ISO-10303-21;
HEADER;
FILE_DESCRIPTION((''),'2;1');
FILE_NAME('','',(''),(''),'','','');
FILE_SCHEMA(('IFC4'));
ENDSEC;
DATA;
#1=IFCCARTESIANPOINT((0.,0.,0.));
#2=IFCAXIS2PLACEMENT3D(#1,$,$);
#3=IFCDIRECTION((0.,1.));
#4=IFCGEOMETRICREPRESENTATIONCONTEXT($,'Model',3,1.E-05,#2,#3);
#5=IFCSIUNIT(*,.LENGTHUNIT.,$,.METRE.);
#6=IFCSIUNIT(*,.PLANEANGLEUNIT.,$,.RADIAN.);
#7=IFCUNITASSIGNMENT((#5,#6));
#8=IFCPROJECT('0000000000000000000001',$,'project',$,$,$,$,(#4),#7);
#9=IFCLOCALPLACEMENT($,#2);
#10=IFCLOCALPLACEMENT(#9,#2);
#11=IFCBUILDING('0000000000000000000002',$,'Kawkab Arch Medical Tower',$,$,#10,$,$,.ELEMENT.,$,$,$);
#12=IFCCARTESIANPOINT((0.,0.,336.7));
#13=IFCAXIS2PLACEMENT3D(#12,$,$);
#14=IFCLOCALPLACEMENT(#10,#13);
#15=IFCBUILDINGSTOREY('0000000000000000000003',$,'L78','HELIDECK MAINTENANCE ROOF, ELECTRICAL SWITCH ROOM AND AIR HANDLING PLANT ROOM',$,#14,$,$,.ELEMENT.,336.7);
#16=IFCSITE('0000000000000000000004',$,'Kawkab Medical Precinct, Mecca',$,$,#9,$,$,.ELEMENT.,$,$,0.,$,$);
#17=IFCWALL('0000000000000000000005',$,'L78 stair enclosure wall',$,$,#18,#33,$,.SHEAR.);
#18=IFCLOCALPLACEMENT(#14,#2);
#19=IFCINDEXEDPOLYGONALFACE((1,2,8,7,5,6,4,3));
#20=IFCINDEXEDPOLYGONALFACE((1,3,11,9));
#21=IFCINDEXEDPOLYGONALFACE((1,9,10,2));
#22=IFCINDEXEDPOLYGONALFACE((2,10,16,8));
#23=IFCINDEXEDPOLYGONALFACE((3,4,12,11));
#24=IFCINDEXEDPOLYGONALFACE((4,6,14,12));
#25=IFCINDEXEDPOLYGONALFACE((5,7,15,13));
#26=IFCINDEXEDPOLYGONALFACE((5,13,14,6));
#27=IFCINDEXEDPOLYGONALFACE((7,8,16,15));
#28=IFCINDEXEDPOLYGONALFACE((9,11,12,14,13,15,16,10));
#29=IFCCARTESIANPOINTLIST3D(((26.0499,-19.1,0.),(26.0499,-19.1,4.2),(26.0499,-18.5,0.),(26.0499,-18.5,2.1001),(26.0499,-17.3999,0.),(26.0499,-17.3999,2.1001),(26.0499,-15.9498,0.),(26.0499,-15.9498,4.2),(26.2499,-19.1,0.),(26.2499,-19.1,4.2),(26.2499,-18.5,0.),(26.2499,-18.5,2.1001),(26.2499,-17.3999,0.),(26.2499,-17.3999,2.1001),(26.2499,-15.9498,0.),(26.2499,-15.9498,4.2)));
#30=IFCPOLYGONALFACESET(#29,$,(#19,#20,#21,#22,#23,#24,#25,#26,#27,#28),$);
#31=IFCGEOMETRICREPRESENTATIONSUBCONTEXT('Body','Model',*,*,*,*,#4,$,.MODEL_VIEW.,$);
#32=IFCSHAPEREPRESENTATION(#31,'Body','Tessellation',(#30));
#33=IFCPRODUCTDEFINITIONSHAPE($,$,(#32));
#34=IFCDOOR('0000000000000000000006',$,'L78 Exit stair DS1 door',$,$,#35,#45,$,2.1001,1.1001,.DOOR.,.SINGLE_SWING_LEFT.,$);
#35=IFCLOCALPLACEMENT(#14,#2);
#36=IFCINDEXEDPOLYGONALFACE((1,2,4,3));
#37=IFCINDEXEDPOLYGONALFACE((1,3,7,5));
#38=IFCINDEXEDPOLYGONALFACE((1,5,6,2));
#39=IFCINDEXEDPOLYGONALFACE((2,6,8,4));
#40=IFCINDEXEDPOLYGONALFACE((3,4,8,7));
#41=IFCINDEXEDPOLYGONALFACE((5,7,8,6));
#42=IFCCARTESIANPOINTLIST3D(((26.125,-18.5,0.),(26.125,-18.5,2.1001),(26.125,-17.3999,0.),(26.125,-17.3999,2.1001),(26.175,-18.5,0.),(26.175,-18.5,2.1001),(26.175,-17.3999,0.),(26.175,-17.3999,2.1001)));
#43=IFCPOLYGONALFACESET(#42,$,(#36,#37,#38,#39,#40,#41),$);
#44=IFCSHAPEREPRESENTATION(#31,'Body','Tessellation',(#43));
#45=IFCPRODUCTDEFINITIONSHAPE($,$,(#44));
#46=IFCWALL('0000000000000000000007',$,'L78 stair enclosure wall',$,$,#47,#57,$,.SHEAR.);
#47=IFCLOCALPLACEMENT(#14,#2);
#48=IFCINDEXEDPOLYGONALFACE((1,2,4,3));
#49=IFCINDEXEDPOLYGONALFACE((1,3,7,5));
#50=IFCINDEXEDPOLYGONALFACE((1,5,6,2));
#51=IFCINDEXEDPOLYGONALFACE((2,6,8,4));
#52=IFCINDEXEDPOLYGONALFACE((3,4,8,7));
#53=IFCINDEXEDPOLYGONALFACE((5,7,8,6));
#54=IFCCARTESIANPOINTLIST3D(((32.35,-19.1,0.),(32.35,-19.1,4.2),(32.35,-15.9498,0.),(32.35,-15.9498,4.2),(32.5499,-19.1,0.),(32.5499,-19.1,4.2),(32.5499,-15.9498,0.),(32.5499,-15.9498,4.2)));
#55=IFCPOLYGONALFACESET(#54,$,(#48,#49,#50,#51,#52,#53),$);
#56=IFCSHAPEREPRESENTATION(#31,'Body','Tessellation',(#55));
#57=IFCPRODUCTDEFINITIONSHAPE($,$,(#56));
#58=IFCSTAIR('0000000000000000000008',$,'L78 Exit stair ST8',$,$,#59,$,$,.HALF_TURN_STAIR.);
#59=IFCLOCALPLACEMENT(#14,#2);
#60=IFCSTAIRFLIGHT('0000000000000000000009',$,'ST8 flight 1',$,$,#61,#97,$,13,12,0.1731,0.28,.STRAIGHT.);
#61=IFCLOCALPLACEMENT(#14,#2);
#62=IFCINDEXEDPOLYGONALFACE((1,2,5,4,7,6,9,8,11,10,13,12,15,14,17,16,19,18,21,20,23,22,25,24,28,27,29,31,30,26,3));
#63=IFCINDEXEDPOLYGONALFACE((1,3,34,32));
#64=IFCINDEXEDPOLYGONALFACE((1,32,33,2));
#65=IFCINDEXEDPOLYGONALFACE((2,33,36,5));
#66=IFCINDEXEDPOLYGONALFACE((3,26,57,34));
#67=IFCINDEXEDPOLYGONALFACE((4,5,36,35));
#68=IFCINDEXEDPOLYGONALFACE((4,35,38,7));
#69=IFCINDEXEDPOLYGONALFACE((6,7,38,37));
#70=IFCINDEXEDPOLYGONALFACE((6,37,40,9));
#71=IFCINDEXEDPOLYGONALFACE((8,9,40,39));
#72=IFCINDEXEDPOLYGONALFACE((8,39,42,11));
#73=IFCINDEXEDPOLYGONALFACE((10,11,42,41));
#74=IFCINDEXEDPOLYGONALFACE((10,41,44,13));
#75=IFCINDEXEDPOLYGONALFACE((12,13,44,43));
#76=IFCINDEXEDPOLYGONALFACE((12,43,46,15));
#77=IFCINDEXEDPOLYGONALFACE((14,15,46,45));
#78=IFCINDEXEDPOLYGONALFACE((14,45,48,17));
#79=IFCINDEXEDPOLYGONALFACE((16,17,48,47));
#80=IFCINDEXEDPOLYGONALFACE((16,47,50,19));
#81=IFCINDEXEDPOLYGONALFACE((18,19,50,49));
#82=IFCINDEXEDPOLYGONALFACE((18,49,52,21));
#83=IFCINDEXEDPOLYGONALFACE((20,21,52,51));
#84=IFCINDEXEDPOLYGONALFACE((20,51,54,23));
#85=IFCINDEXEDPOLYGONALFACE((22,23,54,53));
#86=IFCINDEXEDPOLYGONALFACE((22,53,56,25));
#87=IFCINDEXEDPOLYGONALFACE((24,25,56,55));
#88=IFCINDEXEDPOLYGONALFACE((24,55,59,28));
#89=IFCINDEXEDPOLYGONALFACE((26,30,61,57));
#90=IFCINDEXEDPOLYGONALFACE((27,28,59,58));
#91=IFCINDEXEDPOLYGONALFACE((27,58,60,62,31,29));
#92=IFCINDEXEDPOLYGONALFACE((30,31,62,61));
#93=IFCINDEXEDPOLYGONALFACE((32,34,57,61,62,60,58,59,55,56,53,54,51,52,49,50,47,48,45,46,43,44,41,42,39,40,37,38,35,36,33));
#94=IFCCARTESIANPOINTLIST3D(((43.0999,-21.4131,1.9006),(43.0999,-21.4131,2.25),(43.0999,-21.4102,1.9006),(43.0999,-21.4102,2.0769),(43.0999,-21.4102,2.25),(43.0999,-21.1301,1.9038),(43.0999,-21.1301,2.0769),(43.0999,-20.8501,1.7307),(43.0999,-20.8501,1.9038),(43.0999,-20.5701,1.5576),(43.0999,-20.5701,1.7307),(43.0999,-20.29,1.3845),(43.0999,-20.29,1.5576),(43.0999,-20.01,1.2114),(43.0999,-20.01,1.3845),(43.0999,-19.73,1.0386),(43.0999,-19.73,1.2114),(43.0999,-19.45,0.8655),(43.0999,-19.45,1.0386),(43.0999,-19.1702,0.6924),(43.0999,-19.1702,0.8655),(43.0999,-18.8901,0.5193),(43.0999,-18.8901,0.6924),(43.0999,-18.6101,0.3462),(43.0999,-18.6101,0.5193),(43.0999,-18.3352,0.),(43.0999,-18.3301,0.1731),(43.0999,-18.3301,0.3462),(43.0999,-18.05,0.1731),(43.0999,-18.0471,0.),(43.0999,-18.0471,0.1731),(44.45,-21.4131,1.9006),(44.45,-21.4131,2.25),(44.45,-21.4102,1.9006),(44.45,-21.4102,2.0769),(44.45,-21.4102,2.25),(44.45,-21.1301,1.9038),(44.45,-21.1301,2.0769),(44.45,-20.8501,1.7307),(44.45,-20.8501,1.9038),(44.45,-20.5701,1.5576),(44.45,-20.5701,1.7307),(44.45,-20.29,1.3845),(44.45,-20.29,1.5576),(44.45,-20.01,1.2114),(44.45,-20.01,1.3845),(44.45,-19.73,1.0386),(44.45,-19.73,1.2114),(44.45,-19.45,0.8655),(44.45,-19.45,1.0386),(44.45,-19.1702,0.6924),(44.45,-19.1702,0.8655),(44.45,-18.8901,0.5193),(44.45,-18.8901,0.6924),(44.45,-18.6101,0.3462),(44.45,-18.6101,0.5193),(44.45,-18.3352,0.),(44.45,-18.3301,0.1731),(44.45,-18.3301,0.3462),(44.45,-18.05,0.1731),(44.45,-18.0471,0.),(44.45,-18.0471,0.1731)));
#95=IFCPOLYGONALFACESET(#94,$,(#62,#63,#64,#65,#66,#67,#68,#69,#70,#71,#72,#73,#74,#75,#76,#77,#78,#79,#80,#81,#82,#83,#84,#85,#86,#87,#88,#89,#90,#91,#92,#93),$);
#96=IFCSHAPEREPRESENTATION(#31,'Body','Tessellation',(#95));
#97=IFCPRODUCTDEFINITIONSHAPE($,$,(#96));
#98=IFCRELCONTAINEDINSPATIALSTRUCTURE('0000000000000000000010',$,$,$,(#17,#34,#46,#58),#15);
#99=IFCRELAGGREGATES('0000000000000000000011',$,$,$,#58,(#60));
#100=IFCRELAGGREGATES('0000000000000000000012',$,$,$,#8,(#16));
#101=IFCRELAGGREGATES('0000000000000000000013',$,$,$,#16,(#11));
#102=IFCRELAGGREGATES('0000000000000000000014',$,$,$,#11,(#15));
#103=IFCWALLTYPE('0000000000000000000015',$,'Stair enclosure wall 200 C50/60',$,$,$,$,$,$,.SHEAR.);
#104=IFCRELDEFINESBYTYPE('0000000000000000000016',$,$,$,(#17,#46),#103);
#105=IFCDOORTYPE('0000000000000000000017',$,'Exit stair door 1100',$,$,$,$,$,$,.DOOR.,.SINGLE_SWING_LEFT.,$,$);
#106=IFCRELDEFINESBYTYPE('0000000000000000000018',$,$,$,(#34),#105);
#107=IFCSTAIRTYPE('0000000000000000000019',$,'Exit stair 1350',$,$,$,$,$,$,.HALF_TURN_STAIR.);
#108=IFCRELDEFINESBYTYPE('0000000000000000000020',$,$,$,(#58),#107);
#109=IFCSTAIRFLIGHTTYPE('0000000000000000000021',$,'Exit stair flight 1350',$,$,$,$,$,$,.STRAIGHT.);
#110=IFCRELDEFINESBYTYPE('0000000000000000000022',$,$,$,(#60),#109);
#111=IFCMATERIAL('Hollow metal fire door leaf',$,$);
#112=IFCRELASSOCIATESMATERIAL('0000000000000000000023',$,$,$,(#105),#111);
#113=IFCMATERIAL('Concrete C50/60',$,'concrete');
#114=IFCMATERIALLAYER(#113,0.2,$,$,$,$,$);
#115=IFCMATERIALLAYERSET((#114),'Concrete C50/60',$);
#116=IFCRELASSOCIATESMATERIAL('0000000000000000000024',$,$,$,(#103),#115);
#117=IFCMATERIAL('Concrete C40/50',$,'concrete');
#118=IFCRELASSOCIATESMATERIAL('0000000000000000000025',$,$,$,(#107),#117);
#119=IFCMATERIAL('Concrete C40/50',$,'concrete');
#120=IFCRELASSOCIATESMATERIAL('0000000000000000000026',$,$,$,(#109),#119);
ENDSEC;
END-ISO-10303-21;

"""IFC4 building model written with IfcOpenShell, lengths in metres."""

from ifc_helpers import new_model, si_unit, direction, frame, frame_2d, origin, place, context, subcontext, project, spatial, polyline, rectangle, outline, extrude, material, layer, layer_set, type_object, element, fill, aggregate, save


model = new_model("IFC4")

# Units and contexts
model_context = context("Model", 3, precision=1e-05, world=origin(), true_north=direction((0.0, 1.0)))
body_context = subcontext(model_context, "Body", "Model", "MODEL_VIEW")
ifc_project = project(units=[si_unit("LENGTHUNIT", "METRE"), si_unit("PLANEANGLEUNIT", "RADIAN")], contexts=[model_context])

# Site, building, storey
site_placement = place(None, origin())
site = spatial("IfcSite", under=ifc_project, at=site_placement, Name="Kawkab Medical Precinct, Mecca", CompositionType="ELEMENT", RefElevation=0.0)
building_placement = place(site_placement, origin())
building = spatial("IfcBuilding", under=site, at=building_placement, Name="Kawkab Arch Medical Tower", CompositionType="ELEMENT")
storey_placement = place(building_placement, frame((0.0, 0.0, 336.7)))
storey = spatial("IfcBuildingStorey", under=building, at=storey_placement, Name="L78", Description="HELIDECK MAINTENANCE ROOF, ELECTRICAL SWITCH ROOM AND AIR HANDLING PLANT ROOM", CompositionType="ELEMENT", Elevation=336.7)

# Shared definitions
placement = place(storey_placement, origin())

# Shared definitions
ifc_material_1 = material(Name="Hollow metal fire door leaf")
door_type_1 = type_object("IfcDoorType", Name="Exit stair door 1100", OperationType="SINGLE_SWING_LEFT", PredefinedType="DOOR", material=ifc_material_1)

# Shared definitions
ifc_material_2 = material(Name="Concrete C50/60", Category="concrete")
ifc_layer_1 = layer(ifc_material_2, 0.2)
ifc_layer_set_1 = layer_set([ifc_layer_1], Name="Concrete C50/60")
wall_type_1 = type_object("IfcWallType", Name="Stair enclosure wall 200 C50/60", PredefinedType="SHEAR", material=ifc_layer_set_1)

# Wall, opening, door
wall_1_placement = place(storey_placement, frame((26.1499, -19.1001, 0.0), z_axis=(0.0, 0.0, 1.0), x_axis=(0.0, 1.0, 0.0)))
wall_1 = element("IfcWall", 1, at=wall_1_placement, inside=storey, type_object=wall_type_1, Name="L78 stair enclosure wall", PredefinedType="SHEAR", context=body_context, shape_type="SweptSolid", body=[
    extrude(rectangle(XDim=3.1501, YDim=0.2, at=frame_2d((1.5752, 0.0))), origin(), (0.0, 0.0, 1.0), 4.2),
])
opening_1_placement = place(wall_1_placement, frame((0.6001, 0.0, 0.0)))
opening_1 = element("IfcOpeningElement", 2, at=opening_1_placement, cuts=wall_1, PredefinedType="OPENING", context=body_context, shape_type="SweptSolid", body=[
    extrude(rectangle(XDim=1.1001, YDim=2.1001, at=frame_2d((0.55, 1.05))), frame((0.0, 0.1099, 0.0), z_axis=(0.0, -1.0, 0.0), x_axis=(1.0, 0.0, 0.0)), (0.0, 0.0, 1.0), 0.22),
])
door_1_placement = place(opening_1_placement, origin())
door_1 = element("IfcDoor", 3, at=door_1_placement, inside=storey, type_object=door_type_1, Name="L78 Exit stair DS1 door", OperationType="SINGLE_SWING_LEFT", OverallHeight=2.1001, OverallWidth=1.1001, PredefinedType="DOOR", context=body_context, shape_type="SweptSolid", body=[
    extrude(rectangle(XDim=1.1001, YDim=2.1001, at=frame_2d((0.55, 1.05))), frame((0.0, 0.0249, 0.0), z_axis=(0.0, -1.0, 0.0), x_axis=(1.0, 0.0, 0.0)), (0.0, 0.0, 1.0), 0.05),
])
fill(opening_1, door_1)

# Wall
wall_2_placement = place(storey_placement, frame((32.45, -19.1001, 0.0), z_axis=(0.0, 0.0, 1.0), x_axis=(0.0, 1.0, 0.0)))
element("IfcWall", 4, at=wall_2_placement, inside=storey, type_object=wall_type_1, Name="L78 stair enclosure wall", PredefinedType="SHEAR", context=body_context, shape_type="SweptSolid", body=[
    extrude(rectangle(XDim=3.1501, YDim=0.2, at=frame_2d((1.5752, 0.0))), origin(), (0.0, 0.0, 1.0), 4.2),
])

# Stair, stair flight
ifc_material_3 = material(Name="Concrete C40/50", Category="concrete")
stair_type = type_object("IfcStairType", Name="Exit stair 1350", PredefinedType="HALF_TURN_STAIR", material=ifc_material_3)
stair = element("IfcStair", 5, at=placement, inside=storey, type_object=stair_type, Name="L78 Exit stair ST8", PredefinedType="HALF_TURN_STAIR")
ifc_material_4 = material(Name="Concrete C40/50", Category="concrete")
stair_flight_type = type_object("IfcStairFlightType", Name="Exit stair flight 1350", PredefinedType="STRAIGHT", material=ifc_material_4)
stair_flight_placement = place(storey_placement, frame((43.7749, -18.05, 0.0), z_axis=(0.0, 0.0, 1.0), x_axis=(0.0, -1.0, 0.0)))
stair_flight = element("IfcStairFlight", 6, at=stair_flight_placement, type_object=stair_flight_type, Name="ST8 flight 1", NumberOfRisers=13, NumberOfTreads=12, PredefinedType="STRAIGHT", RiserHeight=0.1731, TreadLength=0.28, context=body_context, shape_type="SweptSolid", body=[
    extrude(outline(polyline([(-0.0029, 0.0), (-0.0029, 0.1731), (0.0, 0.1731), (0.28, 0.1731), (0.28, 0.3462), (0.5601, 0.3462), (0.5601, 0.5193), (0.8401, 0.5193), (0.8401, 0.6924), (1.1201, 0.6924), (1.1201, 0.8655), (1.3999, 0.8655), (1.3999, 1.0386), (1.6799, 1.0386), (1.6799, 1.2114), (1.96, 1.2114), (1.96, 1.3845), (2.24, 1.3845), (2.24, 1.5576), (2.52, 1.5576), (2.52, 1.7307), (2.8, 1.7307), (2.8, 1.9038), (3.0801, 1.9038), (3.0801, 2.0769), (3.3601, 2.0769), (3.3601, 2.25), (3.363, 2.25), (3.363, 1.9006), (3.3601, 1.9006), (0.2852, 0.0), (-0.0029, 0.0)])), frame((0.0, 0.675, 0.0), z_axis=(0.0, -1.0, 0.0), x_axis=(1.0, 0.0, 0.0)), (0.0, 0.0, 1.0), 1.3501),
])
aggregate(stair, [stair_flight])

save(model, "model.ifc")
